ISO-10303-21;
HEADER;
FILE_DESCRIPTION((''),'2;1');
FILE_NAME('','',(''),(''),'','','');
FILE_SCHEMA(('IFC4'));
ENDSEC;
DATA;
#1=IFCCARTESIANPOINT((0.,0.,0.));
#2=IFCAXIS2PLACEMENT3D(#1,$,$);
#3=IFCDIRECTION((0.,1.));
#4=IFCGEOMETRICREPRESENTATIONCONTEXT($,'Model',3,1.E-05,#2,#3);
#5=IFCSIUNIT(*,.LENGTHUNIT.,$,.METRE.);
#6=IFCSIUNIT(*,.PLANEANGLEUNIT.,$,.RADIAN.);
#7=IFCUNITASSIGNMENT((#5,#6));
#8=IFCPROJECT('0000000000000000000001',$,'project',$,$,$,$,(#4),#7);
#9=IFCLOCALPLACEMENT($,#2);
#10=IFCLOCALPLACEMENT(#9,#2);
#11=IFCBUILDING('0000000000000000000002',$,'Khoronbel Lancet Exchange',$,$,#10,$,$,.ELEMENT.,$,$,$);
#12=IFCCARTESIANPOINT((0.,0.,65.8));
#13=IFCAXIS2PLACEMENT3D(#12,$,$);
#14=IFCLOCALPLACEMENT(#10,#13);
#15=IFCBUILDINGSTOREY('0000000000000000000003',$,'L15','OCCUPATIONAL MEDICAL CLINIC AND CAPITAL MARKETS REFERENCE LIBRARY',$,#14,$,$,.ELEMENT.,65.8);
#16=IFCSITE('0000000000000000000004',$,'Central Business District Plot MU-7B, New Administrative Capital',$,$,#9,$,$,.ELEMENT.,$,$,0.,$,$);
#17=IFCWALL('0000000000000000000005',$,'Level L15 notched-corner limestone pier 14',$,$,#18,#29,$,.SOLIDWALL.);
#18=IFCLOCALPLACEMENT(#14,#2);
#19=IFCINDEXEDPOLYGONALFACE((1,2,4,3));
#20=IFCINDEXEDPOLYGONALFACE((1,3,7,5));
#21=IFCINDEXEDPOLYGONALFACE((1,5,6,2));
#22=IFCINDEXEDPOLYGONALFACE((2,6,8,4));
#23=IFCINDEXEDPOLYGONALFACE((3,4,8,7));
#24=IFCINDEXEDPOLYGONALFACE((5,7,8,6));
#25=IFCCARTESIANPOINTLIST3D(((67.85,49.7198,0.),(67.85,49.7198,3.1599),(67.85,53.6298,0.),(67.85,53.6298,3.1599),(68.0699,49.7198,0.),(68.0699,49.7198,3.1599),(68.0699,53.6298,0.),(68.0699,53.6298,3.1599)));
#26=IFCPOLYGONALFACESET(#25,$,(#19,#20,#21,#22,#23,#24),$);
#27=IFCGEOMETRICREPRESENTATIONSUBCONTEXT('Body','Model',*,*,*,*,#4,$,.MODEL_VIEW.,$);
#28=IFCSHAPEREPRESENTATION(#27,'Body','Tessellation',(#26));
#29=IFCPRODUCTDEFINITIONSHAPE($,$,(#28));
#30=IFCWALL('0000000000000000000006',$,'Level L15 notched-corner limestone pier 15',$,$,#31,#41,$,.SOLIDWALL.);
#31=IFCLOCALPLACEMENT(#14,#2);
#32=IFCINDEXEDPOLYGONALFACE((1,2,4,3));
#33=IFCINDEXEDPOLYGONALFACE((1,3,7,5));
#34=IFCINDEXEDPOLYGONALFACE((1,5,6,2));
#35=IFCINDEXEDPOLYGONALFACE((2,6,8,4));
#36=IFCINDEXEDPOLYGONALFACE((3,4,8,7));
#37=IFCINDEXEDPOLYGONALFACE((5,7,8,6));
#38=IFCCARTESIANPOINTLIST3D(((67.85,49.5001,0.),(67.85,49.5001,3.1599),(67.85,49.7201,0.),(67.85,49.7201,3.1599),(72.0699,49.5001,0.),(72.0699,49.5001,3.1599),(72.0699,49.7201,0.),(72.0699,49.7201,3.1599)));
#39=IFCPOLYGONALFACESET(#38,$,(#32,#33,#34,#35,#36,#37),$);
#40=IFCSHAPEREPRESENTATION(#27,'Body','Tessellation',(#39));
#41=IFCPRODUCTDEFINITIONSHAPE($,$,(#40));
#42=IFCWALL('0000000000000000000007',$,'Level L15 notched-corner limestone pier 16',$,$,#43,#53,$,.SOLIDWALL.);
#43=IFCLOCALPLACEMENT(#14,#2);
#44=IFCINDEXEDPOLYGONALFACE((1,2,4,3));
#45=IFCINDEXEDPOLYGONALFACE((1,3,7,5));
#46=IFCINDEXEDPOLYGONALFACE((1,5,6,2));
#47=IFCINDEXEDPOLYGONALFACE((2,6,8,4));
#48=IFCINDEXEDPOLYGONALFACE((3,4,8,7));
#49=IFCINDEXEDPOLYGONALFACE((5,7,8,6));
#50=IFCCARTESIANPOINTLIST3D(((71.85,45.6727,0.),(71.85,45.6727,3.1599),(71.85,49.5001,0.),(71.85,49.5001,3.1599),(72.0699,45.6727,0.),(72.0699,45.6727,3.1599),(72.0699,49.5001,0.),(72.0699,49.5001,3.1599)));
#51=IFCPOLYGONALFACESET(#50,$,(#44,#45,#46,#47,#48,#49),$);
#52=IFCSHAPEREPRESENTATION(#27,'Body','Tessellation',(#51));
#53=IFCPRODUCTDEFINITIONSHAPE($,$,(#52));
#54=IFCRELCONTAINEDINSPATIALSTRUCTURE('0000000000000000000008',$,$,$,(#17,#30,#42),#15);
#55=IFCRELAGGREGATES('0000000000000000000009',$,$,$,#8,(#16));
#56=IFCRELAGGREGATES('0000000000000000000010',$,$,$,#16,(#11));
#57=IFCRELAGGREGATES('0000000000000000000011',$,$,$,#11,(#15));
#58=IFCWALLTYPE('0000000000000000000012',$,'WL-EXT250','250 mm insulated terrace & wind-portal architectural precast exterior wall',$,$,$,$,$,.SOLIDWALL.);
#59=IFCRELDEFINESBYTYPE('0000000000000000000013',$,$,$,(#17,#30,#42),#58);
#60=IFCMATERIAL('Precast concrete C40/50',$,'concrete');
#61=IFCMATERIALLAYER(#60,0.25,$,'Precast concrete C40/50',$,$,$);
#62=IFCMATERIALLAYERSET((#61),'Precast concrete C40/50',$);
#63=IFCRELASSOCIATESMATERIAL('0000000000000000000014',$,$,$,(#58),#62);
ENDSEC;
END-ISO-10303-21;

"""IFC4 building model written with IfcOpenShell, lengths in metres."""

from ifc_helpers import new_model, si_unit, direction, frame, frame_2d, origin, place, context, subcontext, project, spatial, rectangle, extrude, material, layer, layer_set, type_object, element, save


model = new_model("IFC4")

# Units and contexts
model_context = context("Model", 3, precision=1e-05, world=origin(), true_north=direction((0.0, 1.0)))
body_context = subcontext(model_context, "Body", "Model", "MODEL_VIEW")
ifc_project = project(units=[si_unit("LENGTHUNIT", "METRE"), si_unit("PLANEANGLEUNIT", "RADIAN")], contexts=[model_context])

# Site, building, storey
site_placement = place(None, origin())
site = spatial("IfcSite", under=ifc_project, at=site_placement, Name="Central Business District Plot MU-7B, New Administrative Capital", CompositionType="ELEMENT", RefElevation=0.0)
building_placement = place(site_placement, origin())
building = spatial("IfcBuilding", under=site, at=building_placement, Name="Khoronbel Lancet Exchange", CompositionType="ELEMENT")
storey_placement = place(building_placement, frame((0.0, 0.0, 65.8)))
storey = spatial("IfcBuildingStorey", under=building, at=storey_placement, Name="L15", Description="OCCUPATIONAL MEDICAL CLINIC AND CAPITAL MARKETS REFERENCE LIBRARY", CompositionType="ELEMENT", Elevation=65.8)

# Walls
ifc_material_1 = material(Name="Precast concrete C40/50", Category="concrete")
ifc_layer_1 = layer(ifc_material_1, 0.25, Name="Precast concrete C40/50")
ifc_layer_set_1 = layer_set([ifc_layer_1], Name="Precast concrete C40/50")
wall_type = type_object("IfcWallType", Name="WL-EXT250", Description="250 mm insulated terrace & wind-portal architectural precast exterior wall", PredefinedType="SOLIDWALL", material=ifc_layer_set_1)
wall_1_placement = place(storey_placement, frame((67.96, 53.6299, 0.0), z_axis=(0.0, 0.0, 1.0), x_axis=(0.0, -1.0, 0.0)))
element("IfcWall", 1, at=wall_1_placement, inside=storey, type_object=wall_type, Name="Level L15 notched-corner limestone pier 14", PredefinedType="SOLIDWALL", context=body_context, shape_type="SweptSolid", body=[
    extrude(rectangle(XDim=3.9099, YDim=0.22, at=frame_2d((1.9551, 0.0))), origin(), (0.0, 0.0, 1.0), 3.1599),
])
wall_2_placement = place(storey_placement, frame((67.8501, 49.6101, 0.0), z_axis=(0.0, 0.0, 1.0), x_axis=(1.0, 0.0, 0.0)))
element("IfcWall", 2, at=wall_2_placement, inside=storey, type_object=wall_type, Name="Level L15 notched-corner limestone pier 15", PredefinedType="SOLIDWALL", context=body_context, shape_type="SweptSolid", body=[
    extrude(rectangle(XDim=4.22, YDim=0.22, at=frame_2d((2.1099, 0.0))), origin(), (0.0, 0.0, 1.0), 3.1599),
])
wall_3_placement = place(storey_placement, frame((71.96, 49.5, 0.0), z_axis=(0.0, 0.0, 1.0), x_axis=(0.0, -1.0, 0.0)))
element("IfcWall", 3, at=wall_3_placement, inside=storey, type_object=wall_type, Name="Level L15 notched-corner limestone pier 16", PredefinedType="SOLIDWALL", context=body_context, shape_type="SweptSolid", body=[
    extrude(rectangle(XDim=3.8274, YDim=0.22, at=frame_2d((1.9136, 0.0))), origin(), (0.0, 0.0, 1.0), 3.1599),
])

save(model, "model.ifc")
